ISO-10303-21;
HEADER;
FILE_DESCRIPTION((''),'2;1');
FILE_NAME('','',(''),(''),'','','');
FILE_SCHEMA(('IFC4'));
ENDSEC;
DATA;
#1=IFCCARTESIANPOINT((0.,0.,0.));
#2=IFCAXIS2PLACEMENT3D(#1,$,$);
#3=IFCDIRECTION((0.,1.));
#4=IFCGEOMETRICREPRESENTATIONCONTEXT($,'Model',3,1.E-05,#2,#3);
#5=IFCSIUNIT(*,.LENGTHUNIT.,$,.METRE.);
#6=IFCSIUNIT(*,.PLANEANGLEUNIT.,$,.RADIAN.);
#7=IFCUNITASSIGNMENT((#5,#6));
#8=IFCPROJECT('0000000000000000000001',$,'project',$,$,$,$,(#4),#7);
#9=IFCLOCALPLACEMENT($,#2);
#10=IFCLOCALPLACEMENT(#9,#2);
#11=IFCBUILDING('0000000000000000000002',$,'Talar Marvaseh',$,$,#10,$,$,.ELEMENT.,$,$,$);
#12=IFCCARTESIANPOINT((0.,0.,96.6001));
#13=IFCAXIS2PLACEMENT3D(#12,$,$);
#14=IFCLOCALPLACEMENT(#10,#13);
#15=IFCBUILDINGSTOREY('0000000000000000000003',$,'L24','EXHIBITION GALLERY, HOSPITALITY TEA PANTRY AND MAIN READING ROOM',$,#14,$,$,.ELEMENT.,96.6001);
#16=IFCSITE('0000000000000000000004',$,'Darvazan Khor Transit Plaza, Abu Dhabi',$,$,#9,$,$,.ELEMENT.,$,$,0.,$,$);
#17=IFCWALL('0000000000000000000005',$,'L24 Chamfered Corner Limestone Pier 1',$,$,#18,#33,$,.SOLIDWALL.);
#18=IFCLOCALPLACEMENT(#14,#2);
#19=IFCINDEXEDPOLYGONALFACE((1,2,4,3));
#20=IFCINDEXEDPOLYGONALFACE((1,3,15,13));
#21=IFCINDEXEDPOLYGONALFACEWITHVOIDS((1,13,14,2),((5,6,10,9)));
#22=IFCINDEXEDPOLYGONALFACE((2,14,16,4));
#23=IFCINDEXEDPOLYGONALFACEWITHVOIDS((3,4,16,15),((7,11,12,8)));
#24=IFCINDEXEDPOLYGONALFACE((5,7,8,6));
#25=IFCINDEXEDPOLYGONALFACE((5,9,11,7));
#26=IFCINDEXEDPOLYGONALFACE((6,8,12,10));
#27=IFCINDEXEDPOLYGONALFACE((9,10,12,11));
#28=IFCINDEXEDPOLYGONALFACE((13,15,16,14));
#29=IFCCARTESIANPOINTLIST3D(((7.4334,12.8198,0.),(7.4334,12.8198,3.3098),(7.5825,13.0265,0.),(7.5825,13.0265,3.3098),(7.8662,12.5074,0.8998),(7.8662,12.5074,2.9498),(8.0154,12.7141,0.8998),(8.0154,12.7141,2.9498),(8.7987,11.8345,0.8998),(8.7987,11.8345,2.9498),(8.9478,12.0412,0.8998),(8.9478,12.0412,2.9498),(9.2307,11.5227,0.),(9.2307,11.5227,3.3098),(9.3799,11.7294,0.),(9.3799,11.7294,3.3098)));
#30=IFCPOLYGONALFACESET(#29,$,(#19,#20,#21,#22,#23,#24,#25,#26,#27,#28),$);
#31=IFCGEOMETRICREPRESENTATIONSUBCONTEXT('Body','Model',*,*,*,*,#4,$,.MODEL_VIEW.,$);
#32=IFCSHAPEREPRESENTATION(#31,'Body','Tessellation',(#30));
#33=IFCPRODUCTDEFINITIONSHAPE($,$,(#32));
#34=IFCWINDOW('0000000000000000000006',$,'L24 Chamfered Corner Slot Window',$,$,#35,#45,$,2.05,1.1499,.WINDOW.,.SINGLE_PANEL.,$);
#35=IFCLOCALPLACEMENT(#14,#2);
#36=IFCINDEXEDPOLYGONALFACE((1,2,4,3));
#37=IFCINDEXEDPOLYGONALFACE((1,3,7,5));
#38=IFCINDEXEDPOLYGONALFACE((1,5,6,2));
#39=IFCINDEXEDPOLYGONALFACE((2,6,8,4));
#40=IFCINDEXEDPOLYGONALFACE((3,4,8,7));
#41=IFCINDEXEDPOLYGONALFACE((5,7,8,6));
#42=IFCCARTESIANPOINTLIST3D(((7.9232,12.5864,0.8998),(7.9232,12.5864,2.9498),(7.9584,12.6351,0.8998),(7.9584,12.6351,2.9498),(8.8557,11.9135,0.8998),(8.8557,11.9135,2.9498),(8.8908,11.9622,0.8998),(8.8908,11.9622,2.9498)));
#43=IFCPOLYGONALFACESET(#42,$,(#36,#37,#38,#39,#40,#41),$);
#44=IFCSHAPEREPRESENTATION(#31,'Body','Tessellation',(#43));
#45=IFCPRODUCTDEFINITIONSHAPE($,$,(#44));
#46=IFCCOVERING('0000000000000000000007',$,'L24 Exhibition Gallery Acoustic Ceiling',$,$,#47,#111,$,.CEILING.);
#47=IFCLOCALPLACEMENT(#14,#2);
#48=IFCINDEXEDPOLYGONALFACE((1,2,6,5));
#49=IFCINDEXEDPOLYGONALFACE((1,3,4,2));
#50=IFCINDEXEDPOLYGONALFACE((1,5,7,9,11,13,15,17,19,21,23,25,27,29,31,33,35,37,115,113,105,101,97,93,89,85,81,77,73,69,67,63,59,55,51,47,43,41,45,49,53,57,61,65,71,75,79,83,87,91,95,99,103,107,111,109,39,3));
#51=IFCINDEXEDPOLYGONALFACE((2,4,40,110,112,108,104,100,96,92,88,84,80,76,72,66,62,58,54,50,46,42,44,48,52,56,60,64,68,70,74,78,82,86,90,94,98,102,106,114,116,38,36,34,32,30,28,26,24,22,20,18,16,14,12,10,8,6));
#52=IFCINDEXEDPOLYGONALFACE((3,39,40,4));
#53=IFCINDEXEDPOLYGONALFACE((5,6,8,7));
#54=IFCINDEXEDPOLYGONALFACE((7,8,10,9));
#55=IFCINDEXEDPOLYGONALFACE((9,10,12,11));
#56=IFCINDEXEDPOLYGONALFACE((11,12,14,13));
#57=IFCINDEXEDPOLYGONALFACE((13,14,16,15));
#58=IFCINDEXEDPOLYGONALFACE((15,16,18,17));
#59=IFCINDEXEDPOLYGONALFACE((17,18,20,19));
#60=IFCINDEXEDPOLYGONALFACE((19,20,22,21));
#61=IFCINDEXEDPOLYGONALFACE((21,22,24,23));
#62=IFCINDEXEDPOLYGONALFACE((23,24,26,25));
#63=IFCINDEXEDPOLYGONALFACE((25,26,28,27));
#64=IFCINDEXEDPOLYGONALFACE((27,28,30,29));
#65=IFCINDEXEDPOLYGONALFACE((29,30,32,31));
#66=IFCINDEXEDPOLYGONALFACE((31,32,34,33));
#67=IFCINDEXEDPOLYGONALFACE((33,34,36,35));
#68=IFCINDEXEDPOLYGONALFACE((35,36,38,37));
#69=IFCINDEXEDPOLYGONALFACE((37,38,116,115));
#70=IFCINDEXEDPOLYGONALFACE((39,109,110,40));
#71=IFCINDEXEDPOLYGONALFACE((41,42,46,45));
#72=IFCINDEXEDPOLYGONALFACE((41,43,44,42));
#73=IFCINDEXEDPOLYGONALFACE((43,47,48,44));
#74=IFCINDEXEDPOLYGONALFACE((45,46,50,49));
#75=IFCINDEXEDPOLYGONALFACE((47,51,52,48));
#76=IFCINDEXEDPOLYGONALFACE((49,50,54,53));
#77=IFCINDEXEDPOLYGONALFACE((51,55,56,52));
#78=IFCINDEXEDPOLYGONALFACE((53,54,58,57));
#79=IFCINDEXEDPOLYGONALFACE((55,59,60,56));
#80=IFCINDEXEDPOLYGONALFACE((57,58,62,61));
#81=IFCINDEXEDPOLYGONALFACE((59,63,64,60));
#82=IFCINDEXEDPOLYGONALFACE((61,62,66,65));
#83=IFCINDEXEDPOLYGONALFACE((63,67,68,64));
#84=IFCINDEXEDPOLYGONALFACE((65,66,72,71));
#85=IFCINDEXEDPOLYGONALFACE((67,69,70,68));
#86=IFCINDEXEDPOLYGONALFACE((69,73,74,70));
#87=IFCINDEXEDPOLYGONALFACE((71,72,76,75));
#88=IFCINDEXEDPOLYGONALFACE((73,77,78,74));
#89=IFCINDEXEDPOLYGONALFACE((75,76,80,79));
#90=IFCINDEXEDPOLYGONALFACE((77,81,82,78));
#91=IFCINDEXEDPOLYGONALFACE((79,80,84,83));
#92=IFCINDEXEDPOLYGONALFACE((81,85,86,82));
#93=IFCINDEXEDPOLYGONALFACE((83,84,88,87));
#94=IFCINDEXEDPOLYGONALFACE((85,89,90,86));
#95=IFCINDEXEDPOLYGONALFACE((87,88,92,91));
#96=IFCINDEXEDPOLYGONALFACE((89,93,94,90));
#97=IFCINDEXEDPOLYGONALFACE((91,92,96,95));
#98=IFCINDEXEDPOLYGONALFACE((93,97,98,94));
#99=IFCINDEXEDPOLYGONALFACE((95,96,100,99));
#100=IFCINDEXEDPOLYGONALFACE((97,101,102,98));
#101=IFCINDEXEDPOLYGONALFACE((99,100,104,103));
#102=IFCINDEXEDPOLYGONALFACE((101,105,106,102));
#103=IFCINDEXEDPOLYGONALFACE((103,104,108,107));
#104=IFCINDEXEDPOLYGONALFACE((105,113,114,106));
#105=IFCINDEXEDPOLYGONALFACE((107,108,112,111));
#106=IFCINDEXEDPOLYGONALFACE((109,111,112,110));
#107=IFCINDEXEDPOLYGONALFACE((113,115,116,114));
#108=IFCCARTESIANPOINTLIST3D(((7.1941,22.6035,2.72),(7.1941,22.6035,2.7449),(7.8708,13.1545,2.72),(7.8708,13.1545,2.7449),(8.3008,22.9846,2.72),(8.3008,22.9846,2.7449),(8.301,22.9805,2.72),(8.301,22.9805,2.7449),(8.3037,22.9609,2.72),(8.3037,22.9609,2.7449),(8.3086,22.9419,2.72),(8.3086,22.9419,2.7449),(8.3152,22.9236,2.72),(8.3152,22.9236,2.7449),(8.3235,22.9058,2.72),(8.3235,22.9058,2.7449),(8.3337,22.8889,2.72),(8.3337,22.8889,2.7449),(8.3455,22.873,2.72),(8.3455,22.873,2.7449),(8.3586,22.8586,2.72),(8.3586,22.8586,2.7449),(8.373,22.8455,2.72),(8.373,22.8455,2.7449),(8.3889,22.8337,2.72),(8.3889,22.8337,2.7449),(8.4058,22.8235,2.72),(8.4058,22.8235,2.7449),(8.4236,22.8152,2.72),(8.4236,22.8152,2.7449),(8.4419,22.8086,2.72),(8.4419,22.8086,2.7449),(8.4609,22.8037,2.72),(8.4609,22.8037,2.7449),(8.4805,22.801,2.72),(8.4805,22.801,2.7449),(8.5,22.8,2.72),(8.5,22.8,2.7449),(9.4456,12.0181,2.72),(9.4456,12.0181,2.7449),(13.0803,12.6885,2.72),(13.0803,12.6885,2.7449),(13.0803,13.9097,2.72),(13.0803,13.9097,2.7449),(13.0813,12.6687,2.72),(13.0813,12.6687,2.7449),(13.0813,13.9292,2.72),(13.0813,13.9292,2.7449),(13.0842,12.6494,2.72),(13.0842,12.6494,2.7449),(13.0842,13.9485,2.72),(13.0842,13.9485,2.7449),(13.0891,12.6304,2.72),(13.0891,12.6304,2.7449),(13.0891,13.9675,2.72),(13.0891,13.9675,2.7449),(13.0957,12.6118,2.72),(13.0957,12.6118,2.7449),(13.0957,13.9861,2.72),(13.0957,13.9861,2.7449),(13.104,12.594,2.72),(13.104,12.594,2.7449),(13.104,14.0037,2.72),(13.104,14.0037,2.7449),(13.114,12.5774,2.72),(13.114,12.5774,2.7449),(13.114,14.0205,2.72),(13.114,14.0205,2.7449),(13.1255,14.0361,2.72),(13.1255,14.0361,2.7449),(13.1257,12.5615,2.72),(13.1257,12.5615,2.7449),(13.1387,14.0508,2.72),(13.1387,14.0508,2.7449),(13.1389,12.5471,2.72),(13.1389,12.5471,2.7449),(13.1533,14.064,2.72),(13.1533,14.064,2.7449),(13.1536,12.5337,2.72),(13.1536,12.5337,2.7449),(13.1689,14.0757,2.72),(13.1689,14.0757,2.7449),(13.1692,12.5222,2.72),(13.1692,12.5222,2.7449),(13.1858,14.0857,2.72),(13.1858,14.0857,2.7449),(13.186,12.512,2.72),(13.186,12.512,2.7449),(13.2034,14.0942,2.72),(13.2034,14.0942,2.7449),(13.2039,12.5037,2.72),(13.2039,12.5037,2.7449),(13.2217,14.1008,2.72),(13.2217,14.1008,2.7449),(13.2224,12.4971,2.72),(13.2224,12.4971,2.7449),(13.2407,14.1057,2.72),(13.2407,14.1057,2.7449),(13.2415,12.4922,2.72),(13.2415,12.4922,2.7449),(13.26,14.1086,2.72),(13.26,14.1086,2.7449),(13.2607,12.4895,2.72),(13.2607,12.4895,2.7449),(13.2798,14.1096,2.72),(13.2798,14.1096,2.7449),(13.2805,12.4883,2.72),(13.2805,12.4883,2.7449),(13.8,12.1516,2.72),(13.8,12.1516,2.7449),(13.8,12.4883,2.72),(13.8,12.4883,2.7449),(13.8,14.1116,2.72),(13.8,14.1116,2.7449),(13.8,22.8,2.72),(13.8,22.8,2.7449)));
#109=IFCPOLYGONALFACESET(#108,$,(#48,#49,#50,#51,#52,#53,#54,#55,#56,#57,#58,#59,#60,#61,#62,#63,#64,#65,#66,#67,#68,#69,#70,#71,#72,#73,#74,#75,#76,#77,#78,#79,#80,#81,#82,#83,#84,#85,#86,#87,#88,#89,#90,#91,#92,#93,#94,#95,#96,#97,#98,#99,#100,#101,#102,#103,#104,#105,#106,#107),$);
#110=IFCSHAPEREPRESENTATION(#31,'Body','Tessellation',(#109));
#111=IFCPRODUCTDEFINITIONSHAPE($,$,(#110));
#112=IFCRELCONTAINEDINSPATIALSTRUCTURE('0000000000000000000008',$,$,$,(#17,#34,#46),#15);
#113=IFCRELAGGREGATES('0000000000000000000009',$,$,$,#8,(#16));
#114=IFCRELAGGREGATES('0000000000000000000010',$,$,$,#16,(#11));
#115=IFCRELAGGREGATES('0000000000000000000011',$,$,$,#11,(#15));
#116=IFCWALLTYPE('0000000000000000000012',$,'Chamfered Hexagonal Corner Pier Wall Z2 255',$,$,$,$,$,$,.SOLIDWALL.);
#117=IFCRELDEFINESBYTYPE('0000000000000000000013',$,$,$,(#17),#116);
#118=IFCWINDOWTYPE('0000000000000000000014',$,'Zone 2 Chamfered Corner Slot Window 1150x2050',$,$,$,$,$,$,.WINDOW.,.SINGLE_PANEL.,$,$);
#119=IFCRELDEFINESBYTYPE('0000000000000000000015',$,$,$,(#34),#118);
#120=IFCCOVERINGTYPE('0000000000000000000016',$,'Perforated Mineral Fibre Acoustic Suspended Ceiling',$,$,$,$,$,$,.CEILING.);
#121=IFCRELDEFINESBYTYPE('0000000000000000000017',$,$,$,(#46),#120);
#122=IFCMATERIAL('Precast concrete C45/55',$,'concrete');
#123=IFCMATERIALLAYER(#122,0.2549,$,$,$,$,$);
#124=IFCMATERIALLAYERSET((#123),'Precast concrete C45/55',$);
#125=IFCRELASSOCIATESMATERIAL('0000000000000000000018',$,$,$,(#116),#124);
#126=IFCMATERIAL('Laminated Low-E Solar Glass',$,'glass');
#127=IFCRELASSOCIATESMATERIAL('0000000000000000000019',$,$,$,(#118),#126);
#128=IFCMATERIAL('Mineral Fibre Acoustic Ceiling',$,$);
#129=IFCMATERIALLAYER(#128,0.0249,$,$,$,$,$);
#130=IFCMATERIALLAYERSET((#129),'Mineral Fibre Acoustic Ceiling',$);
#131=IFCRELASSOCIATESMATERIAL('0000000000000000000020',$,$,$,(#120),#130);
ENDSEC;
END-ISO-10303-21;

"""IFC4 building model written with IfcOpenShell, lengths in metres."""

from ifc_helpers import new_model, si_unit, direction, frame, frame_2d, origin, place, context, subcontext, project, spatial, polyline, rectangle, outline, extrude, source, transform, mapped, material, layer, layer_set, type_object, type_shapes, element, fill, save


model = new_model("IFC4")

# Units and contexts
model_context = context("Model", 3, precision=1e-05, world=origin(), true_north=direction((0.0, 1.0)))
body_context = subcontext(model_context, "Body", "Model", "MODEL_VIEW")
ifc_project = project(units=[si_unit("LENGTHUNIT", "METRE"), si_unit("PLANEANGLEUNIT", "RADIAN")], contexts=[model_context])

# Site, building, storey
site_placement = place(None, origin())
site = spatial("IfcSite", under=ifc_project, at=site_placement, Name="Darvazan Khor Transit Plaza, Abu Dhabi", CompositionType="ELEMENT", RefElevation=0.0)
building_placement = place(site_placement, origin())
building = spatial("IfcBuilding", under=site, at=building_placement, Name="Talar Marvaseh", CompositionType="ELEMENT")
storey_placement = place(building_placement, frame((0.0, 0.0, 96.6001)))
storey = spatial("IfcBuildingStorey", under=building, at=storey_placement, Name="L24", Description="EXHIBITION GALLERY, HOSPITALITY TEA PANTRY AND MAIN READING ROOM", CompositionType="ELEMENT", Elevation=96.6001)

# Shared definitions
ifc_material_1 = material(Name="Laminated Low-E Solar Glass", Category="glass")

# Wall, opening, window
ifc_material_2 = material(Name="Precast concrete C45/55", Category="concrete")
ifc_layer_1 = layer(ifc_material_2, 0.2549)
ifc_layer_set_1 = layer_set([ifc_layer_1], Name="Precast concrete C45/55")
wall_type = type_object("IfcWallType", Name="Chamfered Hexagonal Corner Pier Wall Z2 255", PredefinedType="SOLIDWALL", material=ifc_layer_set_1)
wall_placement = place(storey_placement, frame((9.3054, 11.626, 0.0), z_axis=(0.0, 0.0, 1.0), x_axis=(-0.810888, 0.585201, 0.0)))
wall = element("IfcWall", 1, at=wall_placement, inside=storey, type_object=wall_type, Name="L24 Chamfered Corner Limestone Pier 1", PredefinedType="SOLIDWALL", context=body_context, shape_type="SweptSolid", body=[
    extrude(rectangle(XDim=2.2166, YDim=0.2549, at=frame_2d((1.1084, 0.0))), origin(), (0.0, 0.0, 1.0), 3.3098),
])
opening_placement = place(wall_placement, frame((0.533, 0.0, 0.8999)))
opening = element("IfcOpeningElement", 2, at=opening_placement, cuts=wall, PredefinedType="OPENING", context=body_context, shape_type="SweptSolid", body=[
    extrude(rectangle(XDim=1.1499, YDim=2.05, at=frame_2d((0.575, 1.0249))), frame((0.0, 0.1375, 0.0), z_axis=(0.0, -1.0, 0.0), x_axis=(1.0, 0.0, 0.0)), (0.0, 0.0, 1.0), 0.2749),
])
window_type = type_object("IfcWindowType", Name="Zone 2 Chamfered Corner Slot Window 1150x2050", PartitioningType="SINGLE_PANEL", PredefinedType="WINDOW", material=ifc_material_1)
shared_shape_1 = source(origin(), body_context, "Body", "SweptSolid", [
    extrude(rectangle(XDim=1.1499, YDim=2.05, at=frame_2d((0.575, 1.0249))), frame((0.0, 0.03, 0.0), z_axis=(0.0, -1.0, 0.0), x_axis=(1.0, 0.0, 0.0)), (0.0, 0.0, 1.0), 0.0601),
])
type_shapes(window_type, [shared_shape_1])
window_placement = place(opening_placement, origin())
window = element("IfcWindow", 3, at=window_placement, inside=storey, type_object=window_type, Name="L24 Chamfered Corner Slot Window", OverallHeight=2.05, OverallWidth=1.1499, PartitioningType="SINGLE_PANEL", PredefinedType="WINDOW", context=body_context, shape_type="MappedRepresentation", body=[
    mapped(shared_shape_1, transform((0.0, 0.0, 0.0), x_axis=(1.0, 0.0, 0.0), y_axis=(0.0, 1.0, 0.0), z_axis=(0.0, 0.0, 1.0), scale=1.0)),
])
fill(opening, window)

# Covering
ifc_material_3 = material(Name="Mineral Fibre Acoustic Ceiling")
ifc_layer_2 = layer(ifc_material_3, 0.0249)
ifc_layer_set_2 = layer_set([ifc_layer_2], Name="Mineral Fibre Acoustic Ceiling")
covering_type_1 = type_object("IfcCoveringType", Name="Perforated Mineral Fibre Acoustic Suspended Ceiling", PredefinedType="CEILING", material=ifc_layer_set_2)
covering_1_placement = place(storey_placement, frame((0.0, 0.0, 2.72)))
element("IfcCovering", 4, at=covering_1_placement, inside=storey, type_object=covering_type_1, Name="L24 Exhibition Gallery Acoustic Ceiling", PredefinedType="CEILING", context=body_context, shape_type="SweptSolid", body=[
    extrude(outline(polyline([(8.3037, 22.9609), (8.3086, 22.9419), (8.3152, 22.9236), (8.3235, 22.9058), (8.3337, 22.8889), (8.3455, 22.873), (8.3586, 22.8586), (8.373, 22.8455), (8.3889, 22.8337), (8.4058, 22.8235), (8.4236, 22.8152), (8.4419, 22.8086), (8.4609, 22.8037), (8.4805, 22.801), (8.5, 22.8), (13.8, 22.8), (13.8, 14.1116), (13.2798, 14.1096), (13.26, 14.1086), (13.2407, 14.1057), (13.2217, 14.1008), (13.2034, 14.0942), (13.1858, 14.0857), (13.1689, 14.0757), (13.1533, 14.064), (13.1387, 14.0508), (13.1255, 14.0361), (13.114, 14.0205), (13.104, 14.0037), (13.0957, 13.9861), (13.0891, 13.9675), (13.0842, 13.9485), (13.0813, 13.9292), (13.0803, 13.9097), (13.0803, 12.6885), (13.0813, 12.6687), (13.0842, 12.6494), (13.0891, 12.6304), (13.0957, 12.6118), (13.104, 12.594), (13.114, 12.5774), (13.1257, 12.5615), (13.1389, 12.5471), (13.1536, 12.5337), (13.1692, 12.5222), (13.186, 12.512), (13.2039, 12.5037), (13.2224, 12.4971), (13.2415, 12.4922), (13.2607, 12.4895), (13.2805, 12.4883), (13.8, 12.4883), (13.8, 12.1516), (9.4456, 12.0181), (7.8708, 13.1545), (7.1941, 22.6035), (8.3008, 22.9846), (8.301, 22.9805), (8.3037, 22.9609)])), origin(), (0.0, 0.0, 1.0), 0.0249),
])

save(model, "model.ifc")
